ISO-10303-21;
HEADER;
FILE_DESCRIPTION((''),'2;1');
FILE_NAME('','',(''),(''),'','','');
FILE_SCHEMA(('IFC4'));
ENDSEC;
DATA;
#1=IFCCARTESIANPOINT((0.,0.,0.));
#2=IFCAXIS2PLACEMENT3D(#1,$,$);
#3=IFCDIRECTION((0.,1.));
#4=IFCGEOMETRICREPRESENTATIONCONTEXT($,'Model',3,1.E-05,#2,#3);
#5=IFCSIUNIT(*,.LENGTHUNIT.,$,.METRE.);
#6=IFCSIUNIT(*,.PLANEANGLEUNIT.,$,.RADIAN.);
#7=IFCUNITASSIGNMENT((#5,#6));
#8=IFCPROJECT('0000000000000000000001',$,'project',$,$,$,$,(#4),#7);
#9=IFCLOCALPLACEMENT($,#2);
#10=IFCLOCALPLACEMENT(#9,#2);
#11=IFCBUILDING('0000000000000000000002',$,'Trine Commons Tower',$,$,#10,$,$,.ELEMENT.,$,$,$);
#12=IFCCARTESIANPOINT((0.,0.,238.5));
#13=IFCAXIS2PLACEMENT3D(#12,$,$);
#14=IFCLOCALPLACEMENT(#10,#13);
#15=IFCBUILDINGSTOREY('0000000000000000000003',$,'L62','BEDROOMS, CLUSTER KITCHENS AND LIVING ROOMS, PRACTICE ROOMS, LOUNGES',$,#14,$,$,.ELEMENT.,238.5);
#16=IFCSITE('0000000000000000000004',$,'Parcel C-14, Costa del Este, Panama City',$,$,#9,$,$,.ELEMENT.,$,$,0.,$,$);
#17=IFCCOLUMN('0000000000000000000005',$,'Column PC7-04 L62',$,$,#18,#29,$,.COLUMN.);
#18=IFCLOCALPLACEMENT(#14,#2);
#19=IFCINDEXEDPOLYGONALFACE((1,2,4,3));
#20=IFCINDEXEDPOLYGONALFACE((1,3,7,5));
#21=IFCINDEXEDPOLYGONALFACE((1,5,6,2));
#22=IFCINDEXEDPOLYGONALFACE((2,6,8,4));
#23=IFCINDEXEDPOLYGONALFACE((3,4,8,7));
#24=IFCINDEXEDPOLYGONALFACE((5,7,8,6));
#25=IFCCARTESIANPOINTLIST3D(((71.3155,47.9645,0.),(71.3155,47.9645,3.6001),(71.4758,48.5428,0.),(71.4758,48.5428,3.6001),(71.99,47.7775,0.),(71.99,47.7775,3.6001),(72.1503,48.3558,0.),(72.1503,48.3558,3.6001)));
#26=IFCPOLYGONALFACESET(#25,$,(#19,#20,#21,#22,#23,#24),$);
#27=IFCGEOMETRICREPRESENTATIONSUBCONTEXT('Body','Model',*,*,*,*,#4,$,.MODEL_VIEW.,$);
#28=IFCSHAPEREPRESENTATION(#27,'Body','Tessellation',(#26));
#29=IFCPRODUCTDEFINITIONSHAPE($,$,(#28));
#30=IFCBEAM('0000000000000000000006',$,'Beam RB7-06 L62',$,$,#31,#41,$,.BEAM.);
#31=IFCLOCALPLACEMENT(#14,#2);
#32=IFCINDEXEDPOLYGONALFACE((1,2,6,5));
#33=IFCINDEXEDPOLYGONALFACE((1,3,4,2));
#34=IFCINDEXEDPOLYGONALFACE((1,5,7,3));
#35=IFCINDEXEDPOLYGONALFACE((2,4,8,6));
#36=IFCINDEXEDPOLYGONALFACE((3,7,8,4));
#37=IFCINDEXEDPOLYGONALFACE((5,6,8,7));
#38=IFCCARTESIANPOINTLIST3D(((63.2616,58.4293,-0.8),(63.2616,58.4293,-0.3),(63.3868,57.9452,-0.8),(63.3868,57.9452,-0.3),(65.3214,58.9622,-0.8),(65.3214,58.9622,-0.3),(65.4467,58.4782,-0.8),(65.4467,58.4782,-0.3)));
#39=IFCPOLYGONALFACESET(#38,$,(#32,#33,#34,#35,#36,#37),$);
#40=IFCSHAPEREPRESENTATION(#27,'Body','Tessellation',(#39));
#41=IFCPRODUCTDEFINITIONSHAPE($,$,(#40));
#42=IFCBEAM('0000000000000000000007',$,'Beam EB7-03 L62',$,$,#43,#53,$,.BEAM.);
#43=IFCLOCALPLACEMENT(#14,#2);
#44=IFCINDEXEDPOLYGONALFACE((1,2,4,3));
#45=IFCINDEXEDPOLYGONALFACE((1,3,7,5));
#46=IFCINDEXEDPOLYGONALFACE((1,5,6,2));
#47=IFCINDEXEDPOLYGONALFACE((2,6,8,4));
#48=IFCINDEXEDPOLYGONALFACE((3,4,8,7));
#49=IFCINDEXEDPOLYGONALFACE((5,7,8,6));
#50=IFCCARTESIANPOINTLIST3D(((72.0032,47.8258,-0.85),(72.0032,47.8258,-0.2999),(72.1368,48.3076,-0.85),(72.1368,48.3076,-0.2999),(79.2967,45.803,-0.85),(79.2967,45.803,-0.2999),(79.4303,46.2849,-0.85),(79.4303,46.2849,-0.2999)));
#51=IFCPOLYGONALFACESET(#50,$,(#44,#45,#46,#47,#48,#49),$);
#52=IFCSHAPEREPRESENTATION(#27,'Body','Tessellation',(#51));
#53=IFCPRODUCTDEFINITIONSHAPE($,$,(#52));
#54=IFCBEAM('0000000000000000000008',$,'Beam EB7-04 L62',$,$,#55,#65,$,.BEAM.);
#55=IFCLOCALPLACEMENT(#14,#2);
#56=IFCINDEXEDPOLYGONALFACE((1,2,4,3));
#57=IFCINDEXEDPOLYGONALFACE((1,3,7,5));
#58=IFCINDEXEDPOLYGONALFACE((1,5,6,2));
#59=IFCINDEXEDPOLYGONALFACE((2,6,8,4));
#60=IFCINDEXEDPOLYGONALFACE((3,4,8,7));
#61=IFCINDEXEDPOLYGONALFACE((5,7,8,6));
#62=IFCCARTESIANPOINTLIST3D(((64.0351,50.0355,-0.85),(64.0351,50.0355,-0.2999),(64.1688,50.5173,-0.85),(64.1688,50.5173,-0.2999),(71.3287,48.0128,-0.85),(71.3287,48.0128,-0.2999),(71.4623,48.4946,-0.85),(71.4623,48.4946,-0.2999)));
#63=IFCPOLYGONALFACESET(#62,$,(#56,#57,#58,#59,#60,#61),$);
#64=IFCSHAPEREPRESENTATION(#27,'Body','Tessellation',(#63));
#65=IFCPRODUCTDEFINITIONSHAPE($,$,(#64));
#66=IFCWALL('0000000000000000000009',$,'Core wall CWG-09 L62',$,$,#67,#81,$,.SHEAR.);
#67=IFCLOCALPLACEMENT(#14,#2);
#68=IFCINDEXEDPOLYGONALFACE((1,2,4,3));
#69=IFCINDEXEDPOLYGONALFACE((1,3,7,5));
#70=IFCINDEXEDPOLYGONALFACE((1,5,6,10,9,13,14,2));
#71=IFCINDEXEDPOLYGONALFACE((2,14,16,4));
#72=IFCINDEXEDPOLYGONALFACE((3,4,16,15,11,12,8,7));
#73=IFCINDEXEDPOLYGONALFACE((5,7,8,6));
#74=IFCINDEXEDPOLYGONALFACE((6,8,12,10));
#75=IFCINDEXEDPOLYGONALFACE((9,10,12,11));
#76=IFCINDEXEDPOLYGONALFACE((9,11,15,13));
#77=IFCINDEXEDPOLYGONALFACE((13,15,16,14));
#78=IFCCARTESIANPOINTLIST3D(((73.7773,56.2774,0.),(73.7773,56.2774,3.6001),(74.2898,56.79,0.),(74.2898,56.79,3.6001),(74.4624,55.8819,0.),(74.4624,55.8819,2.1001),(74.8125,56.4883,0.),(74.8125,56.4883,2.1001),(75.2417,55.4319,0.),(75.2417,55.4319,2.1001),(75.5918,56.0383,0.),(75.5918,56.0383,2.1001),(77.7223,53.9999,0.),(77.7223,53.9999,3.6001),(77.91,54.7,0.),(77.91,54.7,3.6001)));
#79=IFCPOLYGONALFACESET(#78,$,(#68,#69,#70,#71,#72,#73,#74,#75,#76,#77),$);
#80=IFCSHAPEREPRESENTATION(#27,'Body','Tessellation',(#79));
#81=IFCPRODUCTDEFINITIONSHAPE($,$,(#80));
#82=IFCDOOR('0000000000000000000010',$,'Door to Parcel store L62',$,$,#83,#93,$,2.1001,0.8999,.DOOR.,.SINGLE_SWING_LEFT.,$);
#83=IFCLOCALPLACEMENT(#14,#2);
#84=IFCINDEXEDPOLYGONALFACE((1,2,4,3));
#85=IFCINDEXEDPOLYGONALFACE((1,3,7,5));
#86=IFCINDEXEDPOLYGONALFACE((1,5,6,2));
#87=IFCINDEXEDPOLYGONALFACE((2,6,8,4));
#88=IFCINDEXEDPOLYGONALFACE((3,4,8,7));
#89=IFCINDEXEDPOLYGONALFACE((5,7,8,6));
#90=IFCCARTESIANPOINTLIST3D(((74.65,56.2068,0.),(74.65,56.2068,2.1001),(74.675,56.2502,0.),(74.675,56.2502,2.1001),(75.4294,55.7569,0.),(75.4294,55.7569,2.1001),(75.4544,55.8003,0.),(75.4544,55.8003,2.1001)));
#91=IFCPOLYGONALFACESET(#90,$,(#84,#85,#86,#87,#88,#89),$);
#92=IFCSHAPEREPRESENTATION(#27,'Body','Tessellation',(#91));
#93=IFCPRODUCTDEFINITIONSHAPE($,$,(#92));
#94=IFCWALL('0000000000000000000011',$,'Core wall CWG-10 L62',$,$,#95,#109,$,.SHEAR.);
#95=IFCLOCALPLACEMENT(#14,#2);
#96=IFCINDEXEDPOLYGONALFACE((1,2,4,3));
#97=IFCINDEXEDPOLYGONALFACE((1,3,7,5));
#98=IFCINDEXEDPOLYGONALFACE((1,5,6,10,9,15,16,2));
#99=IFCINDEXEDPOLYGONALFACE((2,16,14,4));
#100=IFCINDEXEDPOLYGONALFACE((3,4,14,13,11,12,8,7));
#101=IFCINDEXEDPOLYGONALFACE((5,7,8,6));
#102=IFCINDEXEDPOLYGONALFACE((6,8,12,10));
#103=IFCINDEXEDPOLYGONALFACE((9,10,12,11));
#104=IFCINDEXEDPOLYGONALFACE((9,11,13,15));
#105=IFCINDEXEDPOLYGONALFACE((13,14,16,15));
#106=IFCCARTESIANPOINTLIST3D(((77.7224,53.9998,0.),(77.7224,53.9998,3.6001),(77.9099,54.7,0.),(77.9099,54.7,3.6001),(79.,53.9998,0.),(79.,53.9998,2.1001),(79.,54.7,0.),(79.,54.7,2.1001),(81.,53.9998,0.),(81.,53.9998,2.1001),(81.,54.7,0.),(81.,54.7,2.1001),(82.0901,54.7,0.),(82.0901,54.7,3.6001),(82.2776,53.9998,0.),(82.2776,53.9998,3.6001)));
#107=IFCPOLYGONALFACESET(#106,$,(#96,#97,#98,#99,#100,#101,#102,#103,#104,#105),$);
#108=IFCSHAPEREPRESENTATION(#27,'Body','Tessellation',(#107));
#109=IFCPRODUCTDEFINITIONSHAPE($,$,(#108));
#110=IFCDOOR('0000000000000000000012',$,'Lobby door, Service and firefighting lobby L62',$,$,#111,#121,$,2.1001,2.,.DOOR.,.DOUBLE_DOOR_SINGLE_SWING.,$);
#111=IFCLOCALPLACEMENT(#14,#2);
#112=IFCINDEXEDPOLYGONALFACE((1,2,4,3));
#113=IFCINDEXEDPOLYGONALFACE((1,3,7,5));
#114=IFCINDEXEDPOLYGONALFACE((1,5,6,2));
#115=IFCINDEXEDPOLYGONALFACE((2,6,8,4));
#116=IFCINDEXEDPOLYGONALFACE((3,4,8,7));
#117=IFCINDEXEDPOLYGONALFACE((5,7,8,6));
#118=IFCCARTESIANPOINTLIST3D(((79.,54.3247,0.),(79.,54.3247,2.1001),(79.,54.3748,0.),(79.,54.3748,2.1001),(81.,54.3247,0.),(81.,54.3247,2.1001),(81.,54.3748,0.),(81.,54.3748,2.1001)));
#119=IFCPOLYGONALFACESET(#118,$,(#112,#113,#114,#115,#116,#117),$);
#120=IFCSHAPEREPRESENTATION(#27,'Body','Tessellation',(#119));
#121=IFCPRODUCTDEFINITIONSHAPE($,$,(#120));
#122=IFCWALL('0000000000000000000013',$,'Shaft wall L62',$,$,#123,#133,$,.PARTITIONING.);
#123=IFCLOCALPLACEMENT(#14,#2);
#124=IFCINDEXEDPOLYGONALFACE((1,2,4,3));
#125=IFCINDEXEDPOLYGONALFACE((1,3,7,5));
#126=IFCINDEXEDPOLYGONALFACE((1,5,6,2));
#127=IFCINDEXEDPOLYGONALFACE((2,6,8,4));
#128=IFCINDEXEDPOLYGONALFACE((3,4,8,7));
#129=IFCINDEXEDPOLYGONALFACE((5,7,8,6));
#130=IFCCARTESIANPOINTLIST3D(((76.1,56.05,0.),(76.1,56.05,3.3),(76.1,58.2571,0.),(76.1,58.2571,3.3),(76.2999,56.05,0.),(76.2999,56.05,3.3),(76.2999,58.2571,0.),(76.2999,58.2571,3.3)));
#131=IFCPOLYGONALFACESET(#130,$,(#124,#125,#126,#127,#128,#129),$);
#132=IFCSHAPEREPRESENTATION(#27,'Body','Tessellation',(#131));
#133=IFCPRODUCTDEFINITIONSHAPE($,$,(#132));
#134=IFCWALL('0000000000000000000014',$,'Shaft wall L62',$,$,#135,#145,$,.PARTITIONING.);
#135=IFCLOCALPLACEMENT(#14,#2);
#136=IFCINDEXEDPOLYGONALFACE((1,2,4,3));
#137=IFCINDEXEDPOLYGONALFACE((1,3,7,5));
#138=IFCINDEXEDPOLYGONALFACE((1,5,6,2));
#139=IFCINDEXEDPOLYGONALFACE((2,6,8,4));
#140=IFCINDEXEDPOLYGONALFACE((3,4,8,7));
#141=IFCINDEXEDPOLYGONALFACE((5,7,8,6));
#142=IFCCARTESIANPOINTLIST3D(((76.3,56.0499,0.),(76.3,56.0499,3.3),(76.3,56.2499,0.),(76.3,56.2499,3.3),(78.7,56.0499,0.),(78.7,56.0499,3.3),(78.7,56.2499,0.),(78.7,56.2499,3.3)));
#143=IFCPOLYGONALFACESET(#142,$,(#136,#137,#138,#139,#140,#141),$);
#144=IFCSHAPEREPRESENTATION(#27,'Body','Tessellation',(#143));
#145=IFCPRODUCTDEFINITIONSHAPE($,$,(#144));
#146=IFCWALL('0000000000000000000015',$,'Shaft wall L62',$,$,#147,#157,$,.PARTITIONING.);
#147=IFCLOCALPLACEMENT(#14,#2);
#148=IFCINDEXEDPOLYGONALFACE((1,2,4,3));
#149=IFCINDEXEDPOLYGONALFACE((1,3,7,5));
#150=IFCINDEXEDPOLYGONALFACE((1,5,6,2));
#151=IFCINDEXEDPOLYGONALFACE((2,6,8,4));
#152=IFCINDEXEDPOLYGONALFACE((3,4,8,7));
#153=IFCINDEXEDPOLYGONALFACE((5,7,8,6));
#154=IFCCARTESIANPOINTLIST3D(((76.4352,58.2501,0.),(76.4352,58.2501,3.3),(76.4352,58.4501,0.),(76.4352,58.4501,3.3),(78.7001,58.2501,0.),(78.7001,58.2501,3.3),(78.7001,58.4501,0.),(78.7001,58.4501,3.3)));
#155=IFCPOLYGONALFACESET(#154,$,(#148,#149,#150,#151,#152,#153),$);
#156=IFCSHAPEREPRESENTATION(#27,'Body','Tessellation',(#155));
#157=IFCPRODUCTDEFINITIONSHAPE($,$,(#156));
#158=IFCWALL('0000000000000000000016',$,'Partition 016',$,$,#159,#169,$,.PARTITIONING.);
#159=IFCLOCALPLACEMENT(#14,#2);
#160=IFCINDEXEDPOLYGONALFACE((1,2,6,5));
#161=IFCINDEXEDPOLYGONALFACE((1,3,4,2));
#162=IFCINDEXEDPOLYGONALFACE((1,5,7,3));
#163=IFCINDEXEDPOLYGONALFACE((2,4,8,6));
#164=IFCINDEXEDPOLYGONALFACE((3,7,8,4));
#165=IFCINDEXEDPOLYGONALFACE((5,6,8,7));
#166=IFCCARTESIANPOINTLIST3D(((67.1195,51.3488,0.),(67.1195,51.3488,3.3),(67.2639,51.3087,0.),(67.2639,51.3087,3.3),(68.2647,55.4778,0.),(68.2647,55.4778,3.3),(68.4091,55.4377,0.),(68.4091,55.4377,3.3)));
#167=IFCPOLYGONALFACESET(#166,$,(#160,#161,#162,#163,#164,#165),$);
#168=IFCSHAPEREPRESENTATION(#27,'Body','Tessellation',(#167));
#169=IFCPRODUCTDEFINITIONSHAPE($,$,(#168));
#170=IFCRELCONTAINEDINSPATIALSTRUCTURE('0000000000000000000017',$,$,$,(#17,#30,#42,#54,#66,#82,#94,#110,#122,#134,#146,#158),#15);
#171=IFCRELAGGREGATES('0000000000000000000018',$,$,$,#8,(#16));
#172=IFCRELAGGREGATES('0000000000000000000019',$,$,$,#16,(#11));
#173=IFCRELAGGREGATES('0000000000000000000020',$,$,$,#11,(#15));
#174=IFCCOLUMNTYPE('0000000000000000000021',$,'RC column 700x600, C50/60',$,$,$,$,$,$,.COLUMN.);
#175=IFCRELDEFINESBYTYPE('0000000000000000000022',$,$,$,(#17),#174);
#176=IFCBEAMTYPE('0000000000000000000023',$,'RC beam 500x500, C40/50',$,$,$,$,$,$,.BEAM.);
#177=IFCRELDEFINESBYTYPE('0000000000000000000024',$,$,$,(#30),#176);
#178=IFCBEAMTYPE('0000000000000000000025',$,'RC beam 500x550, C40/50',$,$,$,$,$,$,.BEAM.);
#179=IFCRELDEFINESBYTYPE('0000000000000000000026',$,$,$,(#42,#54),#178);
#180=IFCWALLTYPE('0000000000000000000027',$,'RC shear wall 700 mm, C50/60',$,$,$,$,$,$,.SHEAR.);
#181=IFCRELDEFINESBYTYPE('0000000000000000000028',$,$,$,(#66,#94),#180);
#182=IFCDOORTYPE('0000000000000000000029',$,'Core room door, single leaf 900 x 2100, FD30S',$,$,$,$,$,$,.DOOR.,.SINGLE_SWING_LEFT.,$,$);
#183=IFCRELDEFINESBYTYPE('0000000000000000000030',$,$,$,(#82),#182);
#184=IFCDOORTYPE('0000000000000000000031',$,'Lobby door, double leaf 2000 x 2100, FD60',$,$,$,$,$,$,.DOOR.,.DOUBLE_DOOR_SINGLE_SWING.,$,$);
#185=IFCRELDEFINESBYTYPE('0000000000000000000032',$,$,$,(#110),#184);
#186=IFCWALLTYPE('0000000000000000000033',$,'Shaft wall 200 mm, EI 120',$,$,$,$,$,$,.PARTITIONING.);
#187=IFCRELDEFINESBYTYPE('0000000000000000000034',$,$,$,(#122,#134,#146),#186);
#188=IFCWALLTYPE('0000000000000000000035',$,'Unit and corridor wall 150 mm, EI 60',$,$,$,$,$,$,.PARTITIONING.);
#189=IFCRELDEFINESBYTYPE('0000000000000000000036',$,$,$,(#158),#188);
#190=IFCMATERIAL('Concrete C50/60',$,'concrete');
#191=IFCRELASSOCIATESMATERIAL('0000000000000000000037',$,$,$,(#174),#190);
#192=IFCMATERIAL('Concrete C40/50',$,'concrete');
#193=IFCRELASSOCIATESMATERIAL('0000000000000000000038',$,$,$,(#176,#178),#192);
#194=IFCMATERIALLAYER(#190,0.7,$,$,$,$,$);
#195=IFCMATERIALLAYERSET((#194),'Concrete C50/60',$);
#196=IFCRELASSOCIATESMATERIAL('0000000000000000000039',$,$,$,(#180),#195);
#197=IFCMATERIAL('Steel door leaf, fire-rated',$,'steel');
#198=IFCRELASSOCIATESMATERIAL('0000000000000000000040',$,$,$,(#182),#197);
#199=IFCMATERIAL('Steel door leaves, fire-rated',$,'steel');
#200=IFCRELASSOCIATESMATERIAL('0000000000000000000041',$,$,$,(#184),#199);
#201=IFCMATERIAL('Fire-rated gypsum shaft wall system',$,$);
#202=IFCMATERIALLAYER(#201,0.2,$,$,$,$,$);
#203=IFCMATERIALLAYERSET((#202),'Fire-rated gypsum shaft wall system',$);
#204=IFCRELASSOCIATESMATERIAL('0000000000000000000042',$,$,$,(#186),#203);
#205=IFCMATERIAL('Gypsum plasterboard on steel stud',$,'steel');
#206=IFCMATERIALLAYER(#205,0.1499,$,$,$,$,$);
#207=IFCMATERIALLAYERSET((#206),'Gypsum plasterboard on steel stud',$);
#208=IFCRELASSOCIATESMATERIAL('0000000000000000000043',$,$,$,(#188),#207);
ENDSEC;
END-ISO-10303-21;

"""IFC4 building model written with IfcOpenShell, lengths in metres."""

from ifc_helpers import new_model, si_unit, direction, frame, frame_2d, origin, origin_2d, place, context, subcontext, project, spatial, polyline, rectangle, outline, extrude, material, layer, layer_set, material_profile, profile_set, type_object, element, fill, save


model = new_model("IFC4")

# Units and contexts
model_context = context("Model", 3, precision=1e-05, world=origin(), true_north=direction((0.0, 1.0)))
body_context = subcontext(model_context, "Body", "Model", "MODEL_VIEW")
ifc_project = project(units=[si_unit("LENGTHUNIT", "METRE"), si_unit("PLANEANGLEUNIT", "RADIAN")], contexts=[model_context])

# Site, building, storey
site_placement = place(None, origin())
site = spatial("IfcSite", under=ifc_project, at=site_placement, Name="Parcel C-14, Costa del Este, Panama City", CompositionType="ELEMENT", RefElevation=0.0)
building_placement = place(site_placement, origin())
building = spatial("IfcBuilding", under=site, at=building_placement, Name="Trine Commons Tower", CompositionType="ELEMENT")
storey_placement = place(building_placement, frame((0.0, 0.0, 238.5)))
storey = spatial("IfcBuildingStorey", under=building, at=storey_placement, Name="L62", Description="BEDROOMS, CLUSTER KITCHENS AND LIVING ROOMS, PRACTICE ROOMS, LOUNGES", CompositionType="ELEMENT", Elevation=238.5)

# Column
ifc_material_1 = material(Name="Concrete C50/60", Category="concrete")
ifc_material_profile_1 = material_profile(ifc_material_1, rectangle(XDim=0.7, YDim=0.6001, at=origin_2d()), Name="RC 700x600")
ifc_profile_set_1 = profile_set([ifc_material_profile_1], Name="Concrete C50/60")
column_type = type_object("IfcColumnType", Name="RC column 700x600, C50/60", PredefinedType="COLUMN", material=ifc_profile_set_1)
column_placement = place(storey_placement, frame((71.7329, 48.1602, 0.0), z_axis=(0.0, 0.0, 1.0), x_axis=(-0.96363, 0.267238, 0.0)))
element("IfcColumn", 1, at=column_placement, inside=storey, type_object=column_type, Name="Column PC7-04 L62", PredefinedType="COLUMN", context=body_context, shape_type="SweptSolid", body=[
    extrude(rectangle(XDim=0.7, YDim=0.6001, at=origin_2d()), origin(), (0.0, 0.0, 1.0), 3.6001),
])

# Beams
ifc_material_2 = material(Name="Concrete C40/50", Category="concrete")
ifc_material_profile_2 = material_profile(ifc_material_2, rectangle(XDim=0.5, YDim=0.5, at=origin_2d()), Name="RC 500x500")
ifc_profile_set_2 = profile_set([ifc_material_profile_2], Name="Concrete C40/50")
beam_type_1 = type_object("IfcBeamType", Name="RC beam 500x500, C40/50", PredefinedType="BEAM", material=ifc_profile_set_2)
beam_placement = place(storey_placement, frame((65.384, 58.7202, -0.55), z_axis=(-0.968119, -0.250492, 0.0), x_axis=(0.250492, -0.968119, 0.0)))
element("IfcBeam", 2, at=beam_placement, inside=storey, type_object=beam_type_1, Name="Beam RB7-06 L62", PredefinedType="BEAM", context=body_context, shape_type="SweptSolid", body=[
    extrude(rectangle(XDim=0.5, YDim=0.5, at=origin_2d()), origin(), (0.0, 0.0, 1.0), 2.1277),
])
ifc_material_profile_3 = material_profile(ifc_material_2, rectangle(XDim=0.5, YDim=0.55, at=origin_2d()), Name="RC 500x550")
ifc_profile_set_3 = profile_set([ifc_material_profile_3], Name="Concrete C40/50")
beam_type_2 = type_object("IfcBeamType", Name="RC beam 500x550, C40/50", PredefinedType="BEAM", material=ifc_profile_set_3)
for number, where, z_axis, x_axis, name in (
    (3, (79.3635, 46.0439, -0.575), (-0.963629, 0.267245, 0.0), (-0.267245, -0.963629, 0.0), "Beam EB7-03 L62"),
    (4, (71.3955, 48.2537, -0.575), (-0.963629, 0.267245, 0.0), (-0.267245, -0.963629, 0.0), "Beam EB7-04 L62"),
):
    element("IfcBeam", number, at=place(storey_placement, frame(where, z_axis=z_axis, x_axis=x_axis)), inside=storey, type_object=beam_type_2, Name=name, PredefinedType="BEAM", context=body_context, shape_type="SweptSolid", body=[
        extrude(rectangle(XDim=0.5, YDim=0.55, at=origin_2d()), origin(), (0.0, 0.0, 1.0), 7.5688),
    ])

# Walls, openings, doors
ifc_layer_1 = layer(ifc_material_1, 0.7)
ifc_layer_set_1 = layer_set([ifc_layer_1], Name="Concrete C50/60")
wall_type_1 = type_object("IfcWallType", Name="RC shear wall 700 mm, C50/60", PredefinedType="SHEAR", material=ifc_layer_set_1)
wall_1_placement = place(storey_placement, frame((73.9524, 56.5806, 0.0), z_axis=(0.0, 0.0, 1.0), x_axis=(0.866035, -0.499984, 0.0)))
wall_1 = element("IfcWall", 5, at=wall_1_placement, inside=storey, type_object=wall_type_1, Name="Core wall CWG-09 L62", PredefinedType="SHEAR", context=body_context, shape_type="SweptSolid", body=[
    extrude(outline(polyline([(0.0, -0.3501), (4.5552, -0.3501), (4.3677, 0.3501), (0.1875, 0.3501), (0.0, -0.3501)])), origin(), (0.0, 0.0, 1.0), 3.6001),
])
opening_1_placement = place(wall_1_placement, frame((0.791, 0.0, 0.0)))
opening_1 = element("IfcOpeningElement", 6, at=opening_1_placement, cuts=wall_1, PredefinedType="OPENING", context=body_context, shape_type="SweptSolid", body=[
    extrude(rectangle(XDim=0.8999, YDim=2.1001, at=frame_2d((0.45, 1.05))), frame((0.0, 0.3599, 0.0), z_axis=(0.0, -1.0, 0.0), x_axis=(1.0, 0.0, 0.0)), (0.0, 0.0, 1.0), 0.72),
])
ifc_material_3 = material(Name="Steel door leaf, fire-rated", Category="steel")
door_type_1 = type_object("IfcDoorType", Name="Core room door, single leaf 900 x 2100, FD30S", OperationType="SINGLE_SWING_LEFT", PredefinedType="DOOR", material=ifc_material_3)
door_1_placement = place(opening_1_placement, origin())
door_1 = element("IfcDoor", 7, at=door_1_placement, inside=storey, type_object=door_type_1, Name="Door to Parcel store L62", OperationType="SINGLE_SWING_LEFT", OverallHeight=2.1001, OverallWidth=0.8999, PredefinedType="DOOR", context=body_context, shape_type="SweptSolid", body=[
    extrude(rectangle(XDim=0.8999, YDim=2.1001, at=frame_2d((0.45, 1.05))), frame((0.0, 0.0752, 0.0), z_axis=(0.0, -1.0, 0.0), x_axis=(1.0, 0.0, 0.0)), (0.0, 0.0, 1.0), 0.05),
])
fill(opening_1, door_1)
wall_2_placement = place(storey_placement, frame((77.7224, 54.3499, 0.0), z_axis=(0.0, 0.0, 1.0), x_axis=(1.0, 0.0, 0.0)))
wall_2 = element("IfcWall", 8, at=wall_2_placement, inside=storey, type_object=wall_type_1, Name="Core wall CWG-10 L62", PredefinedType="SHEAR", context=body_context, shape_type="SweptSolid", body=[
    extrude(outline(polyline([(0.0, -0.3501), (4.5552, -0.3501), (4.3677, 0.3501), (0.1875, 0.3501), (0.0, -0.3501)])), origin(), (0.0, 0.0, 1.0), 3.6001),
])
opening_2_placement = place(wall_2_placement, frame((1.2776, 0.0, 0.0)))
opening_2 = element("IfcOpeningElement", 9, at=opening_2_placement, cuts=wall_2, PredefinedType="OPENING", context=body_context, shape_type="SweptSolid", body=[
    extrude(rectangle(XDim=2.0, YDim=2.1001, at=frame_2d((1.0, 1.05))), frame((0.0, 0.3599, 0.0), z_axis=(0.0, -1.0, 0.0), x_axis=(1.0, 0.0, 0.0)), (0.0, 0.0, 1.0), 0.72),
])
ifc_material_4 = material(Name="Steel door leaves, fire-rated", Category="steel")
door_type_2 = type_object("IfcDoorType", Name="Lobby door, double leaf 2000 x 2100, FD60", OperationType="DOUBLE_DOOR_SINGLE_SWING", PredefinedType="DOOR", material=ifc_material_4)
door_2_placement = place(opening_2_placement, origin())
door_2 = element("IfcDoor", 10, at=door_2_placement, inside=storey, type_object=door_type_2, Name="Lobby door, Service and firefighting lobby L62", OperationType="DOUBLE_DOOR_SINGLE_SWING", OverallHeight=2.1001, OverallWidth=2.0, PredefinedType="DOOR", context=body_context, shape_type="SweptSolid", body=[
    extrude(rectangle(XDim=2.0, YDim=2.1001, at=frame_2d((1.0, 1.05))), frame((0.0, 0.0249, 0.0), z_axis=(0.0, -1.0, 0.0), x_axis=(1.0, 0.0, 0.0)), (0.0, 0.0, 1.0), 0.05),
])
fill(opening_2, door_2)

# Walls
ifc_material_5 = material(Name="Fire-rated gypsum shaft wall system")
ifc_layer_2 = layer(ifc_material_5, 0.2)
ifc_layer_set_2 = layer_set([ifc_layer_2], Name="Fire-rated gypsum shaft wall system")
wall_type_2 = type_object("IfcWallType", Name="Shaft wall 200 mm, EI 120", PredefinedType="PARTITIONING", material=ifc_layer_set_2)
wall_3_placement = place(storey_placement, frame((76.2, 58.2571, 0.0), z_axis=(0.0, 0.0, 1.0), x_axis=(0.0, -1.0, 0.0)))
element("IfcWall", 11, at=wall_3_placement, inside=storey, type_object=wall_type_2, Name="Shaft wall L62", PredefinedType="PARTITIONING", context=body_context, shape_type="SweptSolid", body=[
    extrude(rectangle(XDim=2.207, YDim=0.2, at=frame_2d((1.1035, 0.0))), origin(), (0.0, 0.0, 1.0), 3.3),
])
wall_4_placement = place(storey_placement, frame((78.7, 56.1499, 0.0), z_axis=(0.0, 0.0, 1.0), x_axis=(-1.0, 0.0, 0.0)))
element("IfcWall", 12, at=wall_4_placement, inside=storey, type_object=wall_type_2, Name="Shaft wall L62", PredefinedType="PARTITIONING", context=body_context, shape_type="SweptSolid", body=[
    extrude(rectangle(XDim=2.3999, YDim=0.2, at=frame_2d((1.2, 0.0))), origin(), (0.0, 0.0, 1.0), 3.3),
])
wall_5_placement = place(storey_placement, frame((78.7, 58.3501, 0.0), z_axis=(0.0, 0.0, 1.0), x_axis=(-1.0, 0.0, 0.0)))
element("IfcWall", 13, at=wall_5_placement, inside=storey, type_object=wall_type_2, Name="Shaft wall L62", PredefinedType="PARTITIONING", context=body_context, shape_type="SweptSolid", body=[
    extrude(rectangle(XDim=2.2649, YDim=0.2, at=frame_2d((1.1323, 0.0))), origin(), (0.0, 0.0, 1.0), 3.3),
])
ifc_material_6 = material(Name="Gypsum plasterboard on steel stud", Category="steel")
ifc_layer_3 = layer(ifc_material_6, 0.1499)
ifc_layer_set_3 = layer_set([ifc_layer_3], Name="Gypsum plasterboard on steel stud")
wall_type_3 = type_object("IfcWallType", Name="Unit and corridor wall 150 mm, EI 60", PredefinedType="PARTITIONING", material=ifc_layer_set_3)
wall_6_placement = place(storey_placement, frame((67.1917, 51.3286, 0.0), z_axis=(0.0, 0.0, 1.0), x_axis=(0.267271, 0.963622, 0.0)))
element("IfcWall", 14, at=wall_6_placement, inside=storey, type_object=wall_type_3, Name="Partition 016", PredefinedType="PARTITIONING", context=body_context, shape_type="SweptSolid", body=[
    extrude(rectangle(XDim=4.2849, YDim=0.1499, at=frame_2d((2.1426, 0.0))), origin(), (0.0, 0.0, 1.0), 3.3),
])

save(model, "model.ifc")
